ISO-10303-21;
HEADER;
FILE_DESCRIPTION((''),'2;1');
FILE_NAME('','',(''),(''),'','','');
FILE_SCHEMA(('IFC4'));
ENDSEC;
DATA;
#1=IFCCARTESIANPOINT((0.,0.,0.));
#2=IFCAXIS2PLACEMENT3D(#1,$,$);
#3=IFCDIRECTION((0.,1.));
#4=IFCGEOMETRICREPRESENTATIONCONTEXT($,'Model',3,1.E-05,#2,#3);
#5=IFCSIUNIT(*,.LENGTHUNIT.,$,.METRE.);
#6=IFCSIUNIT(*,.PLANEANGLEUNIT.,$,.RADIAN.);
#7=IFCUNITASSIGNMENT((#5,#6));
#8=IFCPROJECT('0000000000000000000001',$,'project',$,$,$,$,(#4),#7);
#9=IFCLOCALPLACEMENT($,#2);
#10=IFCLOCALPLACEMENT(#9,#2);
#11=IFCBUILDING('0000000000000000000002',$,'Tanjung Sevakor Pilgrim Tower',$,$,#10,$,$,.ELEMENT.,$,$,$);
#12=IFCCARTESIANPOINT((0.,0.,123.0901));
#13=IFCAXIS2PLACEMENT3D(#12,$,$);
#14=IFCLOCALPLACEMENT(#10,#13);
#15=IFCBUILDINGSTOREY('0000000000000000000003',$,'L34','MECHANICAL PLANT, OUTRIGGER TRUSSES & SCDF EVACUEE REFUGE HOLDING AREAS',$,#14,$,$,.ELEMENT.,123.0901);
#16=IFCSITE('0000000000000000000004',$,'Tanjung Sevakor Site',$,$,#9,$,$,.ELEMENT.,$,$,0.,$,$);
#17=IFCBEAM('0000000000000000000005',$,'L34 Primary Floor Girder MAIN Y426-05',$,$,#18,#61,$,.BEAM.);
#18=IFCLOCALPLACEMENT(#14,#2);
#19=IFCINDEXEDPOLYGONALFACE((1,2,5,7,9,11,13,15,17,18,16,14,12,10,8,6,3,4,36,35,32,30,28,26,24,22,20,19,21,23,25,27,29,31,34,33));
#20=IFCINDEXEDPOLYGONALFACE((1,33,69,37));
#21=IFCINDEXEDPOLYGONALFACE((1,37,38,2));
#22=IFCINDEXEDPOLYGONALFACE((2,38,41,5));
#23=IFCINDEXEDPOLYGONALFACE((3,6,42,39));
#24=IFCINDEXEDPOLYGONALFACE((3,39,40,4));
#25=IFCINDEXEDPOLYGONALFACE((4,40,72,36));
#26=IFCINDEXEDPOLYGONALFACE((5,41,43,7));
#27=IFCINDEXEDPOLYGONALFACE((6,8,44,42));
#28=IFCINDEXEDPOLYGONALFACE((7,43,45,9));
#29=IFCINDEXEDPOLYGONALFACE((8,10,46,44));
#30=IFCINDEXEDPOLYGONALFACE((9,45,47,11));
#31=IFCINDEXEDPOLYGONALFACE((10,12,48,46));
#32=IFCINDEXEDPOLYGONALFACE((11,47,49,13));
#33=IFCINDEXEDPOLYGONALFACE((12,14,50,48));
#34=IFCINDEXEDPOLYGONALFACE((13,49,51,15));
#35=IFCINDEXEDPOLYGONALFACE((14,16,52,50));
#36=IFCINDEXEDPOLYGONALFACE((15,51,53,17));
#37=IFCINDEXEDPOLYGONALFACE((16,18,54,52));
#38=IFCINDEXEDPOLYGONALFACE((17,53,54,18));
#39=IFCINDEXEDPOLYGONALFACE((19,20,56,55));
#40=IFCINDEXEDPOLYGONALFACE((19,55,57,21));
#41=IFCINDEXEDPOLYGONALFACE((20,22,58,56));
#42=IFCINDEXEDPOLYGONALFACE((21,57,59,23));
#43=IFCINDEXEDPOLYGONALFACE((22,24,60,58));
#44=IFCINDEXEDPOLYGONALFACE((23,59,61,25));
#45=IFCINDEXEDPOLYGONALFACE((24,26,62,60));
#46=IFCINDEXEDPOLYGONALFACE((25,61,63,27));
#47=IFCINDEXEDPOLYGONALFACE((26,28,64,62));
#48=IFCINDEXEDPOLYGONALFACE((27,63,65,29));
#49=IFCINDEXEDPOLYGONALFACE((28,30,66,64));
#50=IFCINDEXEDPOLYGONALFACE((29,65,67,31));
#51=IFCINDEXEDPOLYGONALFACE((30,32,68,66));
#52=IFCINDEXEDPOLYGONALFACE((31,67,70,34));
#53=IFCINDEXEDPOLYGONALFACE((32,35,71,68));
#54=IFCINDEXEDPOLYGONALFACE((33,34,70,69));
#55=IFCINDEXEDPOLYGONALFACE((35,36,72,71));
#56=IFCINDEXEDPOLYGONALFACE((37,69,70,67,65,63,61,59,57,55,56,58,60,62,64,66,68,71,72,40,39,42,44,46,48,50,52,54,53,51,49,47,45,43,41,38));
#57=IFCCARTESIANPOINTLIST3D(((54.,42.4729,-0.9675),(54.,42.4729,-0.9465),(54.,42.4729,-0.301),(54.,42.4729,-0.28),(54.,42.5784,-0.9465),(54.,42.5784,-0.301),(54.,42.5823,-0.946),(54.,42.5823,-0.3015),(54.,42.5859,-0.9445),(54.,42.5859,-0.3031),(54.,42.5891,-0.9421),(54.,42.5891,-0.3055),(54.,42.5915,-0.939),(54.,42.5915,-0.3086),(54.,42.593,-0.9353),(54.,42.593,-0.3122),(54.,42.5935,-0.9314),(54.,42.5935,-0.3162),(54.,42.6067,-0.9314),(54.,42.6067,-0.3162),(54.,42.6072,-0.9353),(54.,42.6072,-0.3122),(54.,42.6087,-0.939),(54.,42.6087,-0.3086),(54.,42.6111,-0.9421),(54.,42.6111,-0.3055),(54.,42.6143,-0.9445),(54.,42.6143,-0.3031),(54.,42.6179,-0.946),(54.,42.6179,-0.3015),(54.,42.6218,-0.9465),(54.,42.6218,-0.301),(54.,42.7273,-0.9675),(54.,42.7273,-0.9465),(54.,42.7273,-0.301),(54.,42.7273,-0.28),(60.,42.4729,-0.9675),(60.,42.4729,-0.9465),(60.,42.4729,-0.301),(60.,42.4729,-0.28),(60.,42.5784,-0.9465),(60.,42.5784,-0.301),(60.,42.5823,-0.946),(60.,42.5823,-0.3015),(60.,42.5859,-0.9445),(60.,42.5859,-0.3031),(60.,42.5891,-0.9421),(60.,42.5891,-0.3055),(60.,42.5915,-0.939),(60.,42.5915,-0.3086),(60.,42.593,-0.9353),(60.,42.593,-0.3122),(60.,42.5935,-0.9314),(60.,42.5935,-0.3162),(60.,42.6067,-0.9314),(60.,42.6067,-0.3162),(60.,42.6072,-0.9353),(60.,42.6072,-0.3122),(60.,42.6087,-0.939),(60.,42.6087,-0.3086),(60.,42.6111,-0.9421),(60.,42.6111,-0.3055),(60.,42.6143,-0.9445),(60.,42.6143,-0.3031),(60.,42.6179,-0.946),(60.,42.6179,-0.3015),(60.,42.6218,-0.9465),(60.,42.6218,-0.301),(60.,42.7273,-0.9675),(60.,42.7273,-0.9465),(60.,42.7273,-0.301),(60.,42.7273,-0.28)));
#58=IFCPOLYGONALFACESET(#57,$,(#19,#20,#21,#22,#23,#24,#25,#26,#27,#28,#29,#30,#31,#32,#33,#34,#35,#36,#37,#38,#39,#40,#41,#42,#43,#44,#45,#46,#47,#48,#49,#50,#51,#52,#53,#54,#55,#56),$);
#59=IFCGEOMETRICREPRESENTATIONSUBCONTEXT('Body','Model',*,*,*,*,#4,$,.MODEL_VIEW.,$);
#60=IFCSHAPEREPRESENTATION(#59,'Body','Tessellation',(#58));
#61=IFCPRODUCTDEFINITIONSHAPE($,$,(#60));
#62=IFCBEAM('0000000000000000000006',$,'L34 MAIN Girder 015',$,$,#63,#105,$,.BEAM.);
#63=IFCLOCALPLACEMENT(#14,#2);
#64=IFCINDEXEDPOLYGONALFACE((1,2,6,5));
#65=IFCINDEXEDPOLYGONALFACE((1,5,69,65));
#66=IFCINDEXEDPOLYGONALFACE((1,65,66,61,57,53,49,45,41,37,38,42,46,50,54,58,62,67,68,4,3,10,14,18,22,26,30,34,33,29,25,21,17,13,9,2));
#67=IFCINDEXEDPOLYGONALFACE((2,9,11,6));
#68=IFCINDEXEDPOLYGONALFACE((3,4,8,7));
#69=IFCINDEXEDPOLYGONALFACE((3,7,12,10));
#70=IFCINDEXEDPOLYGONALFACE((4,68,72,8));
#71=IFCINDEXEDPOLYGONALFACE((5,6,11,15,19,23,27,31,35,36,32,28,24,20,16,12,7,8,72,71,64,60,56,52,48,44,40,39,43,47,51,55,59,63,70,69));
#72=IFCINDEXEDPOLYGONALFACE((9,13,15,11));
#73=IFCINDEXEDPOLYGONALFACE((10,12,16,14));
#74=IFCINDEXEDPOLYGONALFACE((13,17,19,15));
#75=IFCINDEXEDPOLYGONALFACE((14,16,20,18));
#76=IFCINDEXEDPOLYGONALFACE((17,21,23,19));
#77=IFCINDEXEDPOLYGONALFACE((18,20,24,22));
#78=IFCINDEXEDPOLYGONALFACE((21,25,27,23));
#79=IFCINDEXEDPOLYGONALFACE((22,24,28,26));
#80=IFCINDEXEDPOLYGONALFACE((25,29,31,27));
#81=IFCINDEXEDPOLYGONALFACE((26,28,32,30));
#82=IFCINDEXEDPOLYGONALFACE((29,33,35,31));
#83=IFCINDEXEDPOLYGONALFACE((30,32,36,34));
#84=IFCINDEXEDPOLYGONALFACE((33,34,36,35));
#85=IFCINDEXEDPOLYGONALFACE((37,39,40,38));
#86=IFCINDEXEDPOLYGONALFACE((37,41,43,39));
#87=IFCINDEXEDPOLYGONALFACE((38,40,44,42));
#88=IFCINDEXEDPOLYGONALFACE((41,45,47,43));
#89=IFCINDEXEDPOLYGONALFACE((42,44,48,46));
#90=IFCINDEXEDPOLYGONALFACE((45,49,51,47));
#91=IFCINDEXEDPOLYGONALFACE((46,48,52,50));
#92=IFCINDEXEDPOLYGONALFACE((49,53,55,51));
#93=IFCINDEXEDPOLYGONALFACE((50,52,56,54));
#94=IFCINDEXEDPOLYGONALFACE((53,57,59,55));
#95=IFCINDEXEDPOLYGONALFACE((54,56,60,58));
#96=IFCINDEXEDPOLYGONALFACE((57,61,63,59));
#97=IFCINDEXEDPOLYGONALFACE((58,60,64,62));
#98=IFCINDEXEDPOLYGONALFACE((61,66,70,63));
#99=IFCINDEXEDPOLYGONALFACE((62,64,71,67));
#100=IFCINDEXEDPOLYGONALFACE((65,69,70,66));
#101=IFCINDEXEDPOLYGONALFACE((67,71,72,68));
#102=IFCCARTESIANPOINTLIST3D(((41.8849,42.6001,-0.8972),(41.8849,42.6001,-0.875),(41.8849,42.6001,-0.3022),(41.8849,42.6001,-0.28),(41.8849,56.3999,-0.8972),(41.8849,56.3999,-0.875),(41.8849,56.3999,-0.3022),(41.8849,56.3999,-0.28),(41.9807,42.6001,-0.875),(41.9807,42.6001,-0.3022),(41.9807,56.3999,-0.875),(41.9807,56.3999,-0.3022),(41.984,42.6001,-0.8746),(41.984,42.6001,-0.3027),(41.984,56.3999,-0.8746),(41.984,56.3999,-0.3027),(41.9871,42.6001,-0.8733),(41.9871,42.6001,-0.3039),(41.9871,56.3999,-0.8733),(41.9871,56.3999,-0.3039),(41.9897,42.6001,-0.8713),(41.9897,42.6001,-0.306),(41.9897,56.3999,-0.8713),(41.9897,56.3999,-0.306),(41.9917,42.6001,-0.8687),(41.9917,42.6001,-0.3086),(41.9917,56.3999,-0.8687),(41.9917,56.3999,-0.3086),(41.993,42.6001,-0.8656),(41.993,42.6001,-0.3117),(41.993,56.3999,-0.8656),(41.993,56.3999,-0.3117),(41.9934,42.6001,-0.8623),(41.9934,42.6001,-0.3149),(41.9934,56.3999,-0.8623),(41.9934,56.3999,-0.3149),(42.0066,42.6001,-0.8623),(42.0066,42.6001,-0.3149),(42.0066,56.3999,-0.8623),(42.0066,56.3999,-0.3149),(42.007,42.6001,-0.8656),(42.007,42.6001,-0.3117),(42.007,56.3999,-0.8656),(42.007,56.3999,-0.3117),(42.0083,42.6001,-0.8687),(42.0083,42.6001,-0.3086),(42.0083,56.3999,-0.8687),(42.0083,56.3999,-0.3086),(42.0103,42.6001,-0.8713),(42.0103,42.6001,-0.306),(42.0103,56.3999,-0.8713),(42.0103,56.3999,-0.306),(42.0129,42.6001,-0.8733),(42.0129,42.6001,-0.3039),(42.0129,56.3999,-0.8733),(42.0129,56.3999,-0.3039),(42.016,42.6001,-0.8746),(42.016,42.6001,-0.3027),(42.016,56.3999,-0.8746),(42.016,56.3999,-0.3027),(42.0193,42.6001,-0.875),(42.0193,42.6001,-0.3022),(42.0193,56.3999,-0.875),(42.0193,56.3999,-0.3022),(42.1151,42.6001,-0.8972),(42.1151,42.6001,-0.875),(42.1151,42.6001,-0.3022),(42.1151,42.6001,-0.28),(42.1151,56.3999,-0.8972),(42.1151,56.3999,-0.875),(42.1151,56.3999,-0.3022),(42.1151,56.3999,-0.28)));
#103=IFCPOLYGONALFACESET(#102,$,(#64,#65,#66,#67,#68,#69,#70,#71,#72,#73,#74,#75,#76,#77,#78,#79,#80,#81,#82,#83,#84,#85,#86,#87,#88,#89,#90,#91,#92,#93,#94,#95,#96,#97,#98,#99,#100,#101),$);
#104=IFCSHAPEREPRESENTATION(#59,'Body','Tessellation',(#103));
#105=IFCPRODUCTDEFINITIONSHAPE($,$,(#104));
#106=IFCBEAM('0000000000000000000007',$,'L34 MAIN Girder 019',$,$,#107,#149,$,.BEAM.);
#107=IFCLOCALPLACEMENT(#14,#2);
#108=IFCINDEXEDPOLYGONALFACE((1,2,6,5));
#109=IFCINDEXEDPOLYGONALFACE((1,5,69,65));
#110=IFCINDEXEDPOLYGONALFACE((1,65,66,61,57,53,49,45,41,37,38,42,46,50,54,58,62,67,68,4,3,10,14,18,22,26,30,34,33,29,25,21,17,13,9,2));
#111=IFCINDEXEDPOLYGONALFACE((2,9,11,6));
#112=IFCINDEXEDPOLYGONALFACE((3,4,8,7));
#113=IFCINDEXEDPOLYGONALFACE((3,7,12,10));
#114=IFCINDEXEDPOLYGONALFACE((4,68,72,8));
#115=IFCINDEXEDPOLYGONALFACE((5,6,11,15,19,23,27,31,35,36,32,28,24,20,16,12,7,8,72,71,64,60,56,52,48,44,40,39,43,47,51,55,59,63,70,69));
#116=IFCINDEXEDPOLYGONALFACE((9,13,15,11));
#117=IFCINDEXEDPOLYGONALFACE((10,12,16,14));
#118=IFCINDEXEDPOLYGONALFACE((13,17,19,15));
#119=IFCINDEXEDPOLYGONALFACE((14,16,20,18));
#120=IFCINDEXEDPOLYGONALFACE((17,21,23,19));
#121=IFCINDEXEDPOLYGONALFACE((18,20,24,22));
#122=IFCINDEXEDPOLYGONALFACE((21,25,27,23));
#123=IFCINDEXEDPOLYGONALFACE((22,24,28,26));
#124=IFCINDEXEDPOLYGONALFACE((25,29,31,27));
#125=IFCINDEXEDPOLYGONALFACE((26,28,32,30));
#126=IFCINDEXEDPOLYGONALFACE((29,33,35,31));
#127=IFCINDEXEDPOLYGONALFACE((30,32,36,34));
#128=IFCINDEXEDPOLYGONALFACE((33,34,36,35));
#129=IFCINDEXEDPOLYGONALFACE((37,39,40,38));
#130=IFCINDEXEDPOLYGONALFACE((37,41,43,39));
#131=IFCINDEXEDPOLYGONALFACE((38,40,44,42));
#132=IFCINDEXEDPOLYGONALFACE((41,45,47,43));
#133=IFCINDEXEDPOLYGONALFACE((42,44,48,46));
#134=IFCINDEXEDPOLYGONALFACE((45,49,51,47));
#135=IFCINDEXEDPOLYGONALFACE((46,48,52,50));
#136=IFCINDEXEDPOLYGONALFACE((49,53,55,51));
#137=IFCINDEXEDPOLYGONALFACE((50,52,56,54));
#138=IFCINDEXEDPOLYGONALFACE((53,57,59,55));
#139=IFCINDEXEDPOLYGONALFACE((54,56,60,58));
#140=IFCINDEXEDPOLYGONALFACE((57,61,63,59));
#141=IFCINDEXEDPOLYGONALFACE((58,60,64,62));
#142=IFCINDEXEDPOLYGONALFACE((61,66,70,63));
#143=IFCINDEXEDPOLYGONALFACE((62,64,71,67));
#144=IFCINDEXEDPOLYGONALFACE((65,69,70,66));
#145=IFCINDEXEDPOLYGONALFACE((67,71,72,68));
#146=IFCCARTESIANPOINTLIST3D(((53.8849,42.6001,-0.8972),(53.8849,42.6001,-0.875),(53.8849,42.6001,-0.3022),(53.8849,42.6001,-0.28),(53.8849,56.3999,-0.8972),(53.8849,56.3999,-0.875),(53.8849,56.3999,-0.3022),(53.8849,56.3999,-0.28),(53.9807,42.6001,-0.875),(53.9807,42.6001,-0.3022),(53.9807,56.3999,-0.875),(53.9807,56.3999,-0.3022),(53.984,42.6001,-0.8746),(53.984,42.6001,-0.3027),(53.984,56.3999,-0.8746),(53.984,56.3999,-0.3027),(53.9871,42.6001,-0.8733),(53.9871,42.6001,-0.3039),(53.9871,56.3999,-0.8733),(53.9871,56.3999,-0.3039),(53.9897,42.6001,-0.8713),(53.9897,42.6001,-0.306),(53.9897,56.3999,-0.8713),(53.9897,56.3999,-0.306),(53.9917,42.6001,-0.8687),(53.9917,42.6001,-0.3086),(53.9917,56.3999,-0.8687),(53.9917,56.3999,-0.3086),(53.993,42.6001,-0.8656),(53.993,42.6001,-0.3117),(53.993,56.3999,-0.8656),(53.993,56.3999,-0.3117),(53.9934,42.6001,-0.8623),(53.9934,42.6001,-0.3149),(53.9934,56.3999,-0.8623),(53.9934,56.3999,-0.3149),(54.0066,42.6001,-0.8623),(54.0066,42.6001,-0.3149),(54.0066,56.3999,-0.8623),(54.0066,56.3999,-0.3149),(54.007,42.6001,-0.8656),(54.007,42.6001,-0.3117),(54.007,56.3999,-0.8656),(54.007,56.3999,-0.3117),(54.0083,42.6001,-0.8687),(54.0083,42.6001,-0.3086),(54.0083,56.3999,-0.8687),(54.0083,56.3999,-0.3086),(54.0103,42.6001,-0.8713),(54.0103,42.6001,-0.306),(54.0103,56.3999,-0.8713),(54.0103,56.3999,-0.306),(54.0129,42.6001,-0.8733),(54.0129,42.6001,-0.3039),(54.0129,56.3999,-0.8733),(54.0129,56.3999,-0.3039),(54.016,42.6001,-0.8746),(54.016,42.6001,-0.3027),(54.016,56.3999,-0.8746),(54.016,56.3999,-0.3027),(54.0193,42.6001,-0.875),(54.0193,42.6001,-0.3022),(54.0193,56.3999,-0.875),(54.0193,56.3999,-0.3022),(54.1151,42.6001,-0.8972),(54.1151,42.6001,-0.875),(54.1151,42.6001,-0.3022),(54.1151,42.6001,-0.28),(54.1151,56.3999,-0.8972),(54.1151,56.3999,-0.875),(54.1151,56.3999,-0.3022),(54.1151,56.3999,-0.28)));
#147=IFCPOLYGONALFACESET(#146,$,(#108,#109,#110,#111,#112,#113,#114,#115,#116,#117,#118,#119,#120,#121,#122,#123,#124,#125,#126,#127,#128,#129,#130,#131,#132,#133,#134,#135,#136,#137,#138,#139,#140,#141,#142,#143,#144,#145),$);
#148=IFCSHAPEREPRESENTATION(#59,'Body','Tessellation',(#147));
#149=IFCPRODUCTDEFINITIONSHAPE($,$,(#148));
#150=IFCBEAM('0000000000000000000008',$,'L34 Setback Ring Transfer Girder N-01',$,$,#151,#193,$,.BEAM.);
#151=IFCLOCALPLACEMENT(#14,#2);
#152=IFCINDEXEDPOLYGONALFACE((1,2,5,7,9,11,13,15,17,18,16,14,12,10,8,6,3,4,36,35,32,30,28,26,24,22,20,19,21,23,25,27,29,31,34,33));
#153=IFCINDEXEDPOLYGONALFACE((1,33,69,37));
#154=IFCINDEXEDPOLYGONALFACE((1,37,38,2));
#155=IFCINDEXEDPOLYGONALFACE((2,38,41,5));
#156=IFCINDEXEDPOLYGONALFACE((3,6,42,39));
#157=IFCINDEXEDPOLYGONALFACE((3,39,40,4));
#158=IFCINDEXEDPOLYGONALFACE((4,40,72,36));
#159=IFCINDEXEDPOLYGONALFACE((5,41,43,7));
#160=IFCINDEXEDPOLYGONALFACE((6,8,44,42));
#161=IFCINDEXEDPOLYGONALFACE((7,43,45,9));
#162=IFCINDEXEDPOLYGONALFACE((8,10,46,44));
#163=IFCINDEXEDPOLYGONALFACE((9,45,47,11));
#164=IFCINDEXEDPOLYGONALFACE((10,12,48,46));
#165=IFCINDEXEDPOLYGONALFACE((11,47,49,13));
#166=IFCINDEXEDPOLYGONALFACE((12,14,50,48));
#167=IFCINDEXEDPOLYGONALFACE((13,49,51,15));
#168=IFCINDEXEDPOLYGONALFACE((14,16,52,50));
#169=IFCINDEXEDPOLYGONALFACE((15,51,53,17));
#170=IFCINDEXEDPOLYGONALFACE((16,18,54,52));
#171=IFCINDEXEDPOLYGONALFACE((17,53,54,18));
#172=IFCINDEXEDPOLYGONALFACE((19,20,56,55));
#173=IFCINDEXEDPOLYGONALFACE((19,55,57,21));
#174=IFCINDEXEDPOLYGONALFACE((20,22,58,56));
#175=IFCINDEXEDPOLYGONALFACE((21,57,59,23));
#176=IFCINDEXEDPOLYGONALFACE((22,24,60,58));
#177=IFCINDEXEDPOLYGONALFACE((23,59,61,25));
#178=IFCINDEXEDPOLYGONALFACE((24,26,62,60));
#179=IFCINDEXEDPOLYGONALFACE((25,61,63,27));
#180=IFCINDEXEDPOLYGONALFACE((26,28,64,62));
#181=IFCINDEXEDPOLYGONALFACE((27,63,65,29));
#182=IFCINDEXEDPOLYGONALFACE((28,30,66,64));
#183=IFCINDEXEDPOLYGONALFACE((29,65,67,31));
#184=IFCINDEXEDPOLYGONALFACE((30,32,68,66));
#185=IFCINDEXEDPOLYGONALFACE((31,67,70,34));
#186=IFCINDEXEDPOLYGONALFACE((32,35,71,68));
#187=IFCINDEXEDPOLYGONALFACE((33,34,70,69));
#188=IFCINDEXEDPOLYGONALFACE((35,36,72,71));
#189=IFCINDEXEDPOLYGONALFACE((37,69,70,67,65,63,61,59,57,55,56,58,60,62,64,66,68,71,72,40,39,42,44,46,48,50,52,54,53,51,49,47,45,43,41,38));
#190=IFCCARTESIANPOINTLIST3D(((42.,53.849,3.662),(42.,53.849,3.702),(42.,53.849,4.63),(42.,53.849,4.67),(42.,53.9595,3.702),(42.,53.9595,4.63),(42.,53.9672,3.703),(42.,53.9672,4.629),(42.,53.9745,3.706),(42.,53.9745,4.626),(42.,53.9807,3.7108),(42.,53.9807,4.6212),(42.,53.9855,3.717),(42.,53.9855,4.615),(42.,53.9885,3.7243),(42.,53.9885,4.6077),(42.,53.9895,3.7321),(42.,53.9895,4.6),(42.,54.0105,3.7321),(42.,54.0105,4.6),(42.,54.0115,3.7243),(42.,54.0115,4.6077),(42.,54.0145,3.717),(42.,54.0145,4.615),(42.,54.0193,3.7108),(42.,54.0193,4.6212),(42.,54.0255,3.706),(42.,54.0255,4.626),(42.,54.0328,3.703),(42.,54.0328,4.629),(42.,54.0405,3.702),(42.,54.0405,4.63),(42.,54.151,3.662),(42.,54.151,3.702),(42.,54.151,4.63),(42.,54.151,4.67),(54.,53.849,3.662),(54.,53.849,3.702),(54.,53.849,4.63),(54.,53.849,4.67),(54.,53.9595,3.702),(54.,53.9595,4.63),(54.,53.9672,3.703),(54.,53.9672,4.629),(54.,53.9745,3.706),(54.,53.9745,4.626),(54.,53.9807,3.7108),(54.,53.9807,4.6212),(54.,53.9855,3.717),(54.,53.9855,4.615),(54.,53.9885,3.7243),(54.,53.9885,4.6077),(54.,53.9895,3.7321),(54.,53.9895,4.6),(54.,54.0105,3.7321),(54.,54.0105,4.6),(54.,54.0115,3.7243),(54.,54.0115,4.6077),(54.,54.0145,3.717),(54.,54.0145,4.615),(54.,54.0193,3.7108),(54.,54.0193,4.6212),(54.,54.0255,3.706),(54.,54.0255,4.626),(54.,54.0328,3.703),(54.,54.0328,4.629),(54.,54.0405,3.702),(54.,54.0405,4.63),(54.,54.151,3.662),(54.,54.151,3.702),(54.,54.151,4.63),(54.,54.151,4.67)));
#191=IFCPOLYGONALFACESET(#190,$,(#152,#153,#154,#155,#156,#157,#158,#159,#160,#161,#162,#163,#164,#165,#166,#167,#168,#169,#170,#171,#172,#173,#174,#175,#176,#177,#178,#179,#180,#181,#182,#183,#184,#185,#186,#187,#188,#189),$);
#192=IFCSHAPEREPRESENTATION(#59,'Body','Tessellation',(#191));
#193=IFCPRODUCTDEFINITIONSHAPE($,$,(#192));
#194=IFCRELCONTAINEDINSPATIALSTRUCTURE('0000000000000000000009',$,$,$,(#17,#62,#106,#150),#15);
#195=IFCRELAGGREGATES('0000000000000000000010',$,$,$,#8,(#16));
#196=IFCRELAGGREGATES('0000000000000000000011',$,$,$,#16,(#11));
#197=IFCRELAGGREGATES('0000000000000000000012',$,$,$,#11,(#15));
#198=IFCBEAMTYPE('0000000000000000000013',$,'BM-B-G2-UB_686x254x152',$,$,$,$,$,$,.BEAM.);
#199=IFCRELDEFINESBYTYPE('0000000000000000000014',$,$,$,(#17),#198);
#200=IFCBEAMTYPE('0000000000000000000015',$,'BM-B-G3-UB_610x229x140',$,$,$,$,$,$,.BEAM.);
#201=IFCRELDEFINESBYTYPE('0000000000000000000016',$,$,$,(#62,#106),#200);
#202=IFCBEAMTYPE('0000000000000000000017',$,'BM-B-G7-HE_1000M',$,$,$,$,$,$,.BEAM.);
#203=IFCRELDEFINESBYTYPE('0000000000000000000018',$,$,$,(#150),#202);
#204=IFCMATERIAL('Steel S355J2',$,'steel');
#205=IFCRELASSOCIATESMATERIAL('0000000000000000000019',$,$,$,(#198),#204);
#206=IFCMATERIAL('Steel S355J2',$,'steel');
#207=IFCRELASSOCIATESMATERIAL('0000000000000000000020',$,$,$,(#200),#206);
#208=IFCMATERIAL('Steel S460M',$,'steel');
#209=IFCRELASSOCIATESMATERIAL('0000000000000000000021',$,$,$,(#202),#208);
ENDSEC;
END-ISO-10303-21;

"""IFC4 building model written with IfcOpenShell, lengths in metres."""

from ifc_helpers import new_model, si_unit, direction, frame, origin, origin_2d, place, context, subcontext, project, spatial, i_section, extrude, material, material_profile, profile_set, type_object, element, save


model = new_model("IFC4")

# Units and contexts
model_context = context("Model", 3, precision=1e-05, world=origin(), true_north=direction((0.0, 1.0)))
body_context = subcontext(model_context, "Body", "Model", "MODEL_VIEW")
ifc_project = project(units=[si_unit("LENGTHUNIT", "METRE"), si_unit("PLANEANGLEUNIT", "RADIAN")], contexts=[model_context])

# Site, building, storey
site_placement = place(None, origin())
site = spatial("IfcSite", under=ifc_project, at=site_placement, Name="Tanjung Sevakor Site", CompositionType="ELEMENT", RefElevation=0.0)
building_placement = place(site_placement, origin())
building = spatial("IfcBuilding", under=site, at=building_placement, Name="Tanjung Sevakor Pilgrim Tower", CompositionType="ELEMENT")
storey_placement = place(building_placement, frame((0.0, 0.0, 123.0901)))
storey = spatial("IfcBuildingStorey", under=building, at=storey_placement, Name="L34", Description="MECHANICAL PLANT, OUTRIGGER TRUSSES & SCDF EVACUEE REFUGE HOLDING AREAS", CompositionType="ELEMENT", Elevation=123.0901)

# Beams
ifc_material_1 = material(Name="Steel S355J2", Category="steel")
ifc_material_profile_1 = material_profile(ifc_material_1, i_section(OverallWidth=0.2544, OverallDepth=0.6875, WebThickness=0.0132, FlangeThickness=0.021, FilletRadius=0.0151, at=origin_2d()))
ifc_profile_set_1 = profile_set([ifc_material_profile_1], Name="Steel S355J2")
beam_type_1 = type_object("IfcBeamType", Name="BM-B-G2-UB_686x254x152", PredefinedType="BEAM", material=ifc_profile_set_1)
for number, where, z_axis, x_axis, name in (
    (1, (54.0, 42.6001, -0.6238), (1.0, 0.0, 0.0), (0.0, 1.0, 0.0), "L34 Primary Floor Girder MAIN Y426-05"),
):
    element("IfcBeam", number, at=place(storey_placement, frame(where, z_axis=z_axis, x_axis=x_axis)), inside=storey, type_object=beam_type_1, Name=name, PredefinedType="BEAM", context=body_context, shape_type="SweptSolid", body=[
        extrude(i_section(OverallWidth=0.2544, OverallDepth=0.6875, WebThickness=0.0132, FlangeThickness=0.021, FilletRadius=0.0151, at=origin_2d()), origin(), (0.0, 0.0, 1.0), 6.0),
    ])
ifc_material_2 = material(Name="Steel S355J2", Category="steel")
ifc_material_profile_2 = material_profile(ifc_material_2, i_section(OverallWidth=0.2302, OverallDepth=0.6172, WebThickness=0.0132, FlangeThickness=0.0222, FilletRadius=0.0127, at=origin_2d()))
ifc_profile_set_2 = profile_set([ifc_material_profile_2], Name="Steel S355J2")
beam_type_2 = type_object("IfcBeamType", Name="BM-B-G3-UB_610x229x140", PredefinedType="BEAM", material=ifc_profile_set_2)
for number, where, z_axis, x_axis, name in (
    (2, (42.0, 42.6001, -0.5886), (0.0, 1.0, 0.0), (-1.0, 0.0, 0.0), "L34 MAIN Girder 015"),
    (3, (54.0, 42.6001, -0.5886), (0.0, 1.0, 0.0), (-1.0, 0.0, 0.0), "L34 MAIN Girder 019"),
):
    element("IfcBeam", number, at=place(storey_placement, frame(where, z_axis=z_axis, x_axis=x_axis)), inside=storey, type_object=beam_type_2, Name=name, PredefinedType="BEAM", context=body_context, shape_type="SweptSolid", body=[
        extrude(i_section(OverallWidth=0.2302, OverallDepth=0.6172, WebThickness=0.0132, FlangeThickness=0.0222, FilletRadius=0.0127, at=origin_2d()), origin(), (0.0, 0.0, 1.0), 13.7998),
    ])
ifc_material_3 = material(Name="Steel S460M", Category="steel")
ifc_material_profile_3 = material_profile(ifc_material_3, i_section(OverallWidth=0.302, OverallDepth=1.0081, WebThickness=0.021, FlangeThickness=0.04, FilletRadius=0.03, at=origin_2d()))
ifc_profile_set_3 = profile_set([ifc_material_profile_3], Name="Steel S460M")
beam_type_3 = type_object("IfcBeamType", Name="BM-B-G7-HE_1000M", PredefinedType="BEAM", material=ifc_profile_set_3)
beam_1_placement = place(storey_placement, frame((42.0, 54.0, 4.166), z_axis=(1.0, 0.0, 0.0), x_axis=(0.0, 1.0, 0.0)))
element("IfcBeam", 4, at=beam_1_placement, inside=storey, type_object=beam_type_3, Name="L34 Setback Ring Transfer Girder N-01", PredefinedType="BEAM", context=body_context, shape_type="SweptSolid", body=[
    extrude(i_section(OverallWidth=0.302, OverallDepth=1.0081, WebThickness=0.021, FlangeThickness=0.04, FilletRadius=0.03, at=origin_2d()), origin(), (0.0, 0.0, 1.0), 12.0),
])

save(model, "model.ifc")
